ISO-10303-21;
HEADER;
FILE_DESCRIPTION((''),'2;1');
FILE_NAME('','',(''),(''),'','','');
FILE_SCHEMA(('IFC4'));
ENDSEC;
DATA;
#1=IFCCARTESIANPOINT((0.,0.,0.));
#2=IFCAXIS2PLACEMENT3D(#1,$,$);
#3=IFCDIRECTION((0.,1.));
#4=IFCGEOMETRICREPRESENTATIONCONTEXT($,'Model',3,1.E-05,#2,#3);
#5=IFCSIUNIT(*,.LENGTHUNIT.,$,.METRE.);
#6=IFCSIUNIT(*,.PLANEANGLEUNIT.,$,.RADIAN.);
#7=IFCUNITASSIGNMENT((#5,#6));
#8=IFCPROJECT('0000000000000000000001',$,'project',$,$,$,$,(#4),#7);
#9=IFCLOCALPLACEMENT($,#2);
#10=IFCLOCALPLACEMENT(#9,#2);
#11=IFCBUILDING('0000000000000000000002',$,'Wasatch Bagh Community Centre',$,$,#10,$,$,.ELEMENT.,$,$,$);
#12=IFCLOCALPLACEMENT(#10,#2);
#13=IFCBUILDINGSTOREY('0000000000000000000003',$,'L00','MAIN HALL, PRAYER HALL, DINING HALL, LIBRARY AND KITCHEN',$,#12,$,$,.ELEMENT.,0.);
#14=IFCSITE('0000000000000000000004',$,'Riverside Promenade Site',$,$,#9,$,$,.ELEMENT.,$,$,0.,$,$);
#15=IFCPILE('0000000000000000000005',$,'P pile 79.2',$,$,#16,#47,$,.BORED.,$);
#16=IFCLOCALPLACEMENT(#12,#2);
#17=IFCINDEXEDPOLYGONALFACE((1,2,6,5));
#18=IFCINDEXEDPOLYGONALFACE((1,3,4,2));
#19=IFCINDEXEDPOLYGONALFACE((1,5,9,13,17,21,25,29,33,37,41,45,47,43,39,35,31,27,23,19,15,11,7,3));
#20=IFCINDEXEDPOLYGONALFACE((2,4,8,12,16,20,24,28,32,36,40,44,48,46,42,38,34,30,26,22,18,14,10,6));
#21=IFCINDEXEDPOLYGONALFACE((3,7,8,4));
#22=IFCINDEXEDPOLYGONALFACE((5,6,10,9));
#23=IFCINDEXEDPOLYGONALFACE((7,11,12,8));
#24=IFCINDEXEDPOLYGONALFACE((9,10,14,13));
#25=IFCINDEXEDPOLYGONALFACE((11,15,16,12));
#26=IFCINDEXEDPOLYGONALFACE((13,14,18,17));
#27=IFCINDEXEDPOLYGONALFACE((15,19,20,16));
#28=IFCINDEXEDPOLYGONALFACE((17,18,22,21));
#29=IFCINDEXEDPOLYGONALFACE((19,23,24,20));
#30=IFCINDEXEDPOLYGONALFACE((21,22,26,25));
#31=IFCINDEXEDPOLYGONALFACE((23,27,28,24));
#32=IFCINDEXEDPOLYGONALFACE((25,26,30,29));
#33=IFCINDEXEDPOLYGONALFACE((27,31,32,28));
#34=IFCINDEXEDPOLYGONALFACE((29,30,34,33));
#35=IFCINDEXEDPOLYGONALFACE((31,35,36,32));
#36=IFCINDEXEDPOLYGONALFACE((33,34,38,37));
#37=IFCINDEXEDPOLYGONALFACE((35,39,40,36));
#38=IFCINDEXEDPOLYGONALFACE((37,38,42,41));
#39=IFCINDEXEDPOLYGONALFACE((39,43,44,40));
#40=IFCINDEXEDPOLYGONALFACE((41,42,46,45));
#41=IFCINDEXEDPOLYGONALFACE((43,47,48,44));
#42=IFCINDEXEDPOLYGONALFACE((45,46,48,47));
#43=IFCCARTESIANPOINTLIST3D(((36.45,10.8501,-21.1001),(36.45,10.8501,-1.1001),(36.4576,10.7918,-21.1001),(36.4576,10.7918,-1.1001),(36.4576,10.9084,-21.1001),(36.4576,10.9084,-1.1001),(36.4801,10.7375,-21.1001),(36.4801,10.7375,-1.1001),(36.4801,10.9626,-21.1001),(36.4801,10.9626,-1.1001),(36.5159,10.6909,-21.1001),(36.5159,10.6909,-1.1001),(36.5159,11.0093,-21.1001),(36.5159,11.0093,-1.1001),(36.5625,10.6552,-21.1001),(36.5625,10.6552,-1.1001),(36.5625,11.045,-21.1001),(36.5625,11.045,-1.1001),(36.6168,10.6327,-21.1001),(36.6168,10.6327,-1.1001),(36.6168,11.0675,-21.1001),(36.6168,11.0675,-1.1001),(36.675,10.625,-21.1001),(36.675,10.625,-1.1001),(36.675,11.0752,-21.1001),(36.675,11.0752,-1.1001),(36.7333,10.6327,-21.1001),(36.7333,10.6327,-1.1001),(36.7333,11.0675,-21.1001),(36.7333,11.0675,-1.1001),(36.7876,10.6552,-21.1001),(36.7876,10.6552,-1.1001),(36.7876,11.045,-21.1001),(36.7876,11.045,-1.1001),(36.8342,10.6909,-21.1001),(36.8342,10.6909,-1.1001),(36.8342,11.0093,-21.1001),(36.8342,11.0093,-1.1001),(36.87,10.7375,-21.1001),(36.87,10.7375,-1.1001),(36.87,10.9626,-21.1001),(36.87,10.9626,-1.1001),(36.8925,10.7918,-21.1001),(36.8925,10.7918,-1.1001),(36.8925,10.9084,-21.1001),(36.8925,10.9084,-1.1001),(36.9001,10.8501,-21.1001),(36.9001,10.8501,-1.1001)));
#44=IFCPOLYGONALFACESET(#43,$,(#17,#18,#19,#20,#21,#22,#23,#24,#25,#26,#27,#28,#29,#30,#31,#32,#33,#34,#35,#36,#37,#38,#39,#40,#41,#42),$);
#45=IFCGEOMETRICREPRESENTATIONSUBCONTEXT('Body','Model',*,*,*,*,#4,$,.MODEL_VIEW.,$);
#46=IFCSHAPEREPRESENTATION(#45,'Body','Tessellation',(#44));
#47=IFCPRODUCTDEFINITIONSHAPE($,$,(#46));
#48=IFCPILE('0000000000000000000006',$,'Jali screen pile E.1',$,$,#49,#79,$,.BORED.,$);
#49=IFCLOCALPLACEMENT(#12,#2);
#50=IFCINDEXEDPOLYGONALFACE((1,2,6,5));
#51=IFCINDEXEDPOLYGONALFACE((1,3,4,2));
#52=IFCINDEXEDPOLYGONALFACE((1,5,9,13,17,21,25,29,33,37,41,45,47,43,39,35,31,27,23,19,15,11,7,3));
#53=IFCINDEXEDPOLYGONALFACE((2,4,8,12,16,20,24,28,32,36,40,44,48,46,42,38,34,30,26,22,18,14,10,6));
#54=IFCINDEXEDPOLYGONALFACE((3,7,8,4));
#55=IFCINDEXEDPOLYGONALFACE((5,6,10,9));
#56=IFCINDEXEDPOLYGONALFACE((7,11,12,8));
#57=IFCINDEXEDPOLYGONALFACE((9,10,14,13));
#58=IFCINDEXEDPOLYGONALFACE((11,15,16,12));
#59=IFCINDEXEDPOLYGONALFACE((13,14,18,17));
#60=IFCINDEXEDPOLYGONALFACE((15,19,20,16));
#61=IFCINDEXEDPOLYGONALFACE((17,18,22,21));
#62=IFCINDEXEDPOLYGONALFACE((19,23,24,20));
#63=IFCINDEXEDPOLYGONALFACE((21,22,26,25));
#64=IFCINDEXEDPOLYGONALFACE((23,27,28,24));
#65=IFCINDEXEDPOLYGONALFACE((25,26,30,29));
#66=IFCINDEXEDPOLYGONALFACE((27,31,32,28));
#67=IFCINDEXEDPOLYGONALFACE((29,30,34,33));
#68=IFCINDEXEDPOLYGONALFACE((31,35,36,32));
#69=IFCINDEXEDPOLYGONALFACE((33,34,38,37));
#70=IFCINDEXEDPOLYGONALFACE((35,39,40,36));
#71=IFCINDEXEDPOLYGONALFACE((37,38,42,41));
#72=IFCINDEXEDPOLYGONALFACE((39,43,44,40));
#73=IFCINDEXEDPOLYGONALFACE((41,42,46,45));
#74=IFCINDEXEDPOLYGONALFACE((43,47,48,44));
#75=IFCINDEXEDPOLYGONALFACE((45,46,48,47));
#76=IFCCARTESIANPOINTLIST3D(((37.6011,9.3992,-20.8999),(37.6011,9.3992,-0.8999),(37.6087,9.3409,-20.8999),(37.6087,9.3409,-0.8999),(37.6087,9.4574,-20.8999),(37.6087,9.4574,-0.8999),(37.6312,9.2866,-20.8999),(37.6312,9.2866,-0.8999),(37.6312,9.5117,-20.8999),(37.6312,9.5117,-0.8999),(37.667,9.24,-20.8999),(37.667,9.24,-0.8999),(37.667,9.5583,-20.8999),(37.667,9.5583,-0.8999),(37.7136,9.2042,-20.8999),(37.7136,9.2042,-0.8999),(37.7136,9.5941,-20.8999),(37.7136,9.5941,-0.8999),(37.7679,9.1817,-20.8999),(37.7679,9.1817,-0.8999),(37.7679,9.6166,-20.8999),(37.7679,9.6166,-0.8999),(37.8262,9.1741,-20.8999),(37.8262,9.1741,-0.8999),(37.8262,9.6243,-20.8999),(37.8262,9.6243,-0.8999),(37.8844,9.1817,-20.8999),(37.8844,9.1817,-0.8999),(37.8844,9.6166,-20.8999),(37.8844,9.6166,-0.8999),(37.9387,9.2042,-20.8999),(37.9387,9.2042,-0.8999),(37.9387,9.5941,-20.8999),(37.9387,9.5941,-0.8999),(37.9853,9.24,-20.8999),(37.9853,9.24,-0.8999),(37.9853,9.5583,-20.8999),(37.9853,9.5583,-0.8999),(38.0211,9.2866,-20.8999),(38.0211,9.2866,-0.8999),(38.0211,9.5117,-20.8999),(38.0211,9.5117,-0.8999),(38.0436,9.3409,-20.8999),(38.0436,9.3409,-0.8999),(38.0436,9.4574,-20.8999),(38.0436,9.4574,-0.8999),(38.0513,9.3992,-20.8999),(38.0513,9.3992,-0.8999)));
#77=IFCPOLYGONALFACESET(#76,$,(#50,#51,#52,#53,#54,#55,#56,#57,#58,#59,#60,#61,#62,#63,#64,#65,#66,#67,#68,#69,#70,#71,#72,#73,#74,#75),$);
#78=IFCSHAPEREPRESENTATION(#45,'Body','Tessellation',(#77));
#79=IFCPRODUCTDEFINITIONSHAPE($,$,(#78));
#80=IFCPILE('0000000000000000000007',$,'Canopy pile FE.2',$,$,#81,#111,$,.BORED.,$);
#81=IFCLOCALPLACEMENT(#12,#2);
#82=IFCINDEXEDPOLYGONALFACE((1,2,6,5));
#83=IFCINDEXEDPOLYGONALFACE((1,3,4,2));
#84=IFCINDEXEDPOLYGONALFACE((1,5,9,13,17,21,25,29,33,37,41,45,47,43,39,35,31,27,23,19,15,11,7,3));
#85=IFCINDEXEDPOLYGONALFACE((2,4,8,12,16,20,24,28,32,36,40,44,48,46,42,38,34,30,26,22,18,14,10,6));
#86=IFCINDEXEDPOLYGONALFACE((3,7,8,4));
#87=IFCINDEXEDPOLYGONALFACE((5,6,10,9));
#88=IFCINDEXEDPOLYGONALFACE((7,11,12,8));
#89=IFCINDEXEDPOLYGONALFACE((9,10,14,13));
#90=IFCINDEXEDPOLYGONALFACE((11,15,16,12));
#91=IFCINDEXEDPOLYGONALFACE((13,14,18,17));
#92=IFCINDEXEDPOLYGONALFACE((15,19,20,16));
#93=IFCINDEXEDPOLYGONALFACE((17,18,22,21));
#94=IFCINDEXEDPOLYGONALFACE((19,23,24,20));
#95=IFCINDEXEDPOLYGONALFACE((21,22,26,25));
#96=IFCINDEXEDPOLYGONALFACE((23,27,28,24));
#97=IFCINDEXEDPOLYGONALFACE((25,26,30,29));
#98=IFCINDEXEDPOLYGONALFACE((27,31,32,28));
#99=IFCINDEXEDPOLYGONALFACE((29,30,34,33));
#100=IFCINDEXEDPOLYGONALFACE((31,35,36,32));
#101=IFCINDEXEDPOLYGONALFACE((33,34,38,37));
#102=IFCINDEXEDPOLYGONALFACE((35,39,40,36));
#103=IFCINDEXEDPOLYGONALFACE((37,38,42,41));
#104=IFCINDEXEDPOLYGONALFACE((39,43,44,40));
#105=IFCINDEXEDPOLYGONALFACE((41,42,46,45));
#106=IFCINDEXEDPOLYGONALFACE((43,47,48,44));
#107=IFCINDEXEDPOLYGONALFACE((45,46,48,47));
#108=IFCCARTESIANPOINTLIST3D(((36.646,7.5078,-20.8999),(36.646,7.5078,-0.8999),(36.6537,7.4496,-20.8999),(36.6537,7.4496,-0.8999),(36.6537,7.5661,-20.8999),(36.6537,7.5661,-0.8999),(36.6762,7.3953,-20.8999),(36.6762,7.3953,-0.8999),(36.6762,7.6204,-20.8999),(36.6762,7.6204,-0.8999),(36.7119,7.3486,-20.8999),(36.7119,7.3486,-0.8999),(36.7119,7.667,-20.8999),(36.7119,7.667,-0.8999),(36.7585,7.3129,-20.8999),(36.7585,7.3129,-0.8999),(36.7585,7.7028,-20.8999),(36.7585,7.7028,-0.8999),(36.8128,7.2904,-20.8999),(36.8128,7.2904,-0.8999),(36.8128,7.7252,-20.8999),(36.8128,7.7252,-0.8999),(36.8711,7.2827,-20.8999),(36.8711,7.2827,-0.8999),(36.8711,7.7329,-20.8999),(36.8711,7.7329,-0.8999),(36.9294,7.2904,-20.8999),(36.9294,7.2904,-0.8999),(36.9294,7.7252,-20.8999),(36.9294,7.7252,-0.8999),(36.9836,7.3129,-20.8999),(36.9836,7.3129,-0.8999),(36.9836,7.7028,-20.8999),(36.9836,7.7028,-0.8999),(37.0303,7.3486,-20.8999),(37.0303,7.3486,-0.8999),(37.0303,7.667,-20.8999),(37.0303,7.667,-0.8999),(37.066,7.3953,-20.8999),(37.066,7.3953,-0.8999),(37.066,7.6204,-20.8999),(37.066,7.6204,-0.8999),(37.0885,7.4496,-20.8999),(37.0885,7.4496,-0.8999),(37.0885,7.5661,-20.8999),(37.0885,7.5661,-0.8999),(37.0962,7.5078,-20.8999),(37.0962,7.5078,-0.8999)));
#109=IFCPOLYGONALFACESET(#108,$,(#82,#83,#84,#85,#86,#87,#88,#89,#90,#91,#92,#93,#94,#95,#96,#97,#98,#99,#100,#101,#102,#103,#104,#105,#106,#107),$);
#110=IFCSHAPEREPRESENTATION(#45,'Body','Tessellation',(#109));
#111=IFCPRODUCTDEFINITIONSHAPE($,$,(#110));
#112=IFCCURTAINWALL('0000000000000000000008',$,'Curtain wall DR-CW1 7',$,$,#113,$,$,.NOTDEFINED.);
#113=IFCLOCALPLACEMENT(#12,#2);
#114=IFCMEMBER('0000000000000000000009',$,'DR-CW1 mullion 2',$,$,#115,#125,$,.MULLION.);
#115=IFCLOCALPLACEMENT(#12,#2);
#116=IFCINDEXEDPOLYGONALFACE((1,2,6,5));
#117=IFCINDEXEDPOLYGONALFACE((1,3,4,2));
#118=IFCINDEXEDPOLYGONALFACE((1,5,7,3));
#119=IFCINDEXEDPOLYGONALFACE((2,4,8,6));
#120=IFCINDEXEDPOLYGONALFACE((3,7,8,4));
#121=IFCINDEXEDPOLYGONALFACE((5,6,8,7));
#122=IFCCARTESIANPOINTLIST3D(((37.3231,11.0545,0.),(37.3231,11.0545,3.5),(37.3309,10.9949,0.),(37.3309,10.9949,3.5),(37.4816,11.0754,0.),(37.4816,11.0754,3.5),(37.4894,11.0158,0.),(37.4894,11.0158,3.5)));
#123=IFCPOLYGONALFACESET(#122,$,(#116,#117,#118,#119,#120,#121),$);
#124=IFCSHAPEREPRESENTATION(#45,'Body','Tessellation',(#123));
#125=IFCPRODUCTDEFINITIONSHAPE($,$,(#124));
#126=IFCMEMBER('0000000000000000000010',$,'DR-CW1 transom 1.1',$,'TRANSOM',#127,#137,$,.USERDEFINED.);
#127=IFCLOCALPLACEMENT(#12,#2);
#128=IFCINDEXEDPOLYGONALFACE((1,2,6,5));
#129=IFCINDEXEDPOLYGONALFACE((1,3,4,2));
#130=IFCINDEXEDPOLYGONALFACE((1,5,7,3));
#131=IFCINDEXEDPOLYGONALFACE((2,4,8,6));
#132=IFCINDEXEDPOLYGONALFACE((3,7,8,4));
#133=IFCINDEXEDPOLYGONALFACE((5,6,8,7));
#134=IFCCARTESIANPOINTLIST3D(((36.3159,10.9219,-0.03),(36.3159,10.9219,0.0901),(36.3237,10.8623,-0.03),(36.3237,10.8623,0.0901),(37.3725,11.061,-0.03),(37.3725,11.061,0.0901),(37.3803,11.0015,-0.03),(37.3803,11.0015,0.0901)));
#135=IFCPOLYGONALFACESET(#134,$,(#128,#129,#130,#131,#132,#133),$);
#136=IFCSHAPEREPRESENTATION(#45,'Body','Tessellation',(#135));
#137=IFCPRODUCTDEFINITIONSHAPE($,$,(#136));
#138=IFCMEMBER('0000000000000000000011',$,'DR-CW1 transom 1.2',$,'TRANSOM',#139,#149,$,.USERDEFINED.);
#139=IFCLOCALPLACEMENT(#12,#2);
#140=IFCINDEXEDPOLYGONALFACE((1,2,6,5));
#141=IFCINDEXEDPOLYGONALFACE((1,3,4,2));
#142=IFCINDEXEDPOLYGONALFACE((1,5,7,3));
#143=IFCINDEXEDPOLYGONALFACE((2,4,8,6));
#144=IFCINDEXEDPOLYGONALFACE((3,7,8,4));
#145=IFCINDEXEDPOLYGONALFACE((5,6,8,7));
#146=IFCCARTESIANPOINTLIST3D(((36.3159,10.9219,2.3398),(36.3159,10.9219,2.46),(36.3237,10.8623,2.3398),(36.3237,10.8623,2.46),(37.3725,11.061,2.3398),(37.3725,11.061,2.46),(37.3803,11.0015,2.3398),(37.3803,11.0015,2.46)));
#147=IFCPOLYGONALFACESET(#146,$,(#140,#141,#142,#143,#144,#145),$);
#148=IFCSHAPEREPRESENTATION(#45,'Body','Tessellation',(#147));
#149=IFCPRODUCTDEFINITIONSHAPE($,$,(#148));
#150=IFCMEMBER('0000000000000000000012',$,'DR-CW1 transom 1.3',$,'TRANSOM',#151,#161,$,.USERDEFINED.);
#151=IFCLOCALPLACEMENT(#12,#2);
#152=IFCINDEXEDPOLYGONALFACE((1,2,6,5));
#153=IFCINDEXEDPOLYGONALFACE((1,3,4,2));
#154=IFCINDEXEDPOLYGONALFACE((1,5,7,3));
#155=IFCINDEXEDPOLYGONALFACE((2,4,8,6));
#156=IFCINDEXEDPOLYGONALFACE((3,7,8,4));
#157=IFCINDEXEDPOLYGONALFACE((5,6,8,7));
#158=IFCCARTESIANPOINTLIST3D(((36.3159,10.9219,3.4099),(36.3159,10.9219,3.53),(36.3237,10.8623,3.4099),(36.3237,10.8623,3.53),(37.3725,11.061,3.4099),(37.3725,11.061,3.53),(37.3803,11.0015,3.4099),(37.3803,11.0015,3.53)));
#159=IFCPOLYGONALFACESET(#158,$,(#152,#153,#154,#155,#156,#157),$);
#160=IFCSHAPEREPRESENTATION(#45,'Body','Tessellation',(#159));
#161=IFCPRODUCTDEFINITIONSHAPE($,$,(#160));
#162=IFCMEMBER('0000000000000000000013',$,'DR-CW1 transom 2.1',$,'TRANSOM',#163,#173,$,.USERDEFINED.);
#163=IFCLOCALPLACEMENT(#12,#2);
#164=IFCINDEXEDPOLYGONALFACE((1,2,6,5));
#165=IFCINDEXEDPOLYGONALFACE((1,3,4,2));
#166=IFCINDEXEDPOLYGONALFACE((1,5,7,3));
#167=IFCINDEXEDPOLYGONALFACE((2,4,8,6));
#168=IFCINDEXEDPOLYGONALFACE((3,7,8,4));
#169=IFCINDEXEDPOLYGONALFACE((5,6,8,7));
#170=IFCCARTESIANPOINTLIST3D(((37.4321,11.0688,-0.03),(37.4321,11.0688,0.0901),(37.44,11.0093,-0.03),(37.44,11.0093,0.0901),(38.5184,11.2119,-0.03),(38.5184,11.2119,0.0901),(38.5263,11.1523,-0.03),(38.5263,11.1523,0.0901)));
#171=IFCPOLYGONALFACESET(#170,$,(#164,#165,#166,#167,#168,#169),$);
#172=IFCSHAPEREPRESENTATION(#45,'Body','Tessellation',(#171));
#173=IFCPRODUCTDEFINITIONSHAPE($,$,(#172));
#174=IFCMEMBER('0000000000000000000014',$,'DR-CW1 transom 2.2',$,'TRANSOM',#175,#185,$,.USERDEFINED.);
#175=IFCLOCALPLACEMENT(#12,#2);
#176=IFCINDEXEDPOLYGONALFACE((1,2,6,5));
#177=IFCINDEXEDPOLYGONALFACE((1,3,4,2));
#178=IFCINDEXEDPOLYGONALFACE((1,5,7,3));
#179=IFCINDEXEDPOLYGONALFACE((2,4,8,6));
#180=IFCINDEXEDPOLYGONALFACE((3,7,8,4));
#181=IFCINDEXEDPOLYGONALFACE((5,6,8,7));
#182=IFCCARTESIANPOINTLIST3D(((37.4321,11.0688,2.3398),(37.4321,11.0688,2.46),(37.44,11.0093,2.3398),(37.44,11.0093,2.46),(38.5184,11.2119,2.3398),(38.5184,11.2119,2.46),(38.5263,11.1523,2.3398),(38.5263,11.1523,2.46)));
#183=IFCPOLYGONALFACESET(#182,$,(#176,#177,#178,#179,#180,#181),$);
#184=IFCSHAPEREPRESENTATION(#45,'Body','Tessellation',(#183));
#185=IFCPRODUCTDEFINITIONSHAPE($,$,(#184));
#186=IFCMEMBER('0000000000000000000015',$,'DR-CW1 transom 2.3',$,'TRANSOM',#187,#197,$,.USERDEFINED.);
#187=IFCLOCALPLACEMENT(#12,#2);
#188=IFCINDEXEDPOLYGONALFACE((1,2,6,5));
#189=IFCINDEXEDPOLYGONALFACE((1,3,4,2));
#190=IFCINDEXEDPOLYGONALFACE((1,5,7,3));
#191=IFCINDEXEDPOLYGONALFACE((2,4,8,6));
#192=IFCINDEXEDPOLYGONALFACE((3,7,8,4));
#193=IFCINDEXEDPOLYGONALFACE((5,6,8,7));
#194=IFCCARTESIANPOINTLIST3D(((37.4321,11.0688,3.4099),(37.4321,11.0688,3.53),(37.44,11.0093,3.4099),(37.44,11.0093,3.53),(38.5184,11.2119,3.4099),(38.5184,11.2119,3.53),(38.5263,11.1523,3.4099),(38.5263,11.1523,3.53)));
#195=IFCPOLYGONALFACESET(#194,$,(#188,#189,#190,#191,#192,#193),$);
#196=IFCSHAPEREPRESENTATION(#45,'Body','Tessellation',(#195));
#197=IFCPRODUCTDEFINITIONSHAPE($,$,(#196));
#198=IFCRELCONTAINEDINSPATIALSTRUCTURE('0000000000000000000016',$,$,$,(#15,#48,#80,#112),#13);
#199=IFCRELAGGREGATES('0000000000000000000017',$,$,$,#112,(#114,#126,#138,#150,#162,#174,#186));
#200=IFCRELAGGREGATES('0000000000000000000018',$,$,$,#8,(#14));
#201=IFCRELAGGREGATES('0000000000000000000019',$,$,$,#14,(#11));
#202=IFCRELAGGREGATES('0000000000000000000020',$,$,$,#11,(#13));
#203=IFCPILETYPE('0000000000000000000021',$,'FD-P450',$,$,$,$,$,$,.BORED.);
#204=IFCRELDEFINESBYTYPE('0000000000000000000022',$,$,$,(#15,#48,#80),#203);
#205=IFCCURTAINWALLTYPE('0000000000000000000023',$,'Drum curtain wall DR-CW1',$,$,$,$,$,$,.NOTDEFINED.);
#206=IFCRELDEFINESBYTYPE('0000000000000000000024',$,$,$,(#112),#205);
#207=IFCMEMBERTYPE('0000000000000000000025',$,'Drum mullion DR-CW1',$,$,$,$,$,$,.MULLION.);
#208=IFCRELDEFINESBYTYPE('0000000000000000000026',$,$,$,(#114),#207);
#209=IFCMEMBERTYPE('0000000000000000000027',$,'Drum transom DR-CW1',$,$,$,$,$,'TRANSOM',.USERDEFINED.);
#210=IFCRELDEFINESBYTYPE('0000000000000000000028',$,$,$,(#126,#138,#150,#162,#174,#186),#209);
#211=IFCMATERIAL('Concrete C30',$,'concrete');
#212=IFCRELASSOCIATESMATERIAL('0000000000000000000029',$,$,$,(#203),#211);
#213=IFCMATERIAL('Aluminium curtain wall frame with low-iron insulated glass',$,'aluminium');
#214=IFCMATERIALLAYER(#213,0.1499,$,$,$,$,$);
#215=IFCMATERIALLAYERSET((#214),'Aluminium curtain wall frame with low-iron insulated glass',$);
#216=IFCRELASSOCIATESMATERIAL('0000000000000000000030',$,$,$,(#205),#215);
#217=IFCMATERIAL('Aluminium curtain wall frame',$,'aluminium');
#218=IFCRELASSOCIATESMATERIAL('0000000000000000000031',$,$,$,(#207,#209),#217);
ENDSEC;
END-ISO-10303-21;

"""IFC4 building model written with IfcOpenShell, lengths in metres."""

from ifc_helpers import new_model, si_unit, direction, frame, origin, origin_2d, place, context, subcontext, project, spatial, rectangle, circle, extrude, material, layer, layer_set, material_profile, profile_set, type_object, element, aggregate, save


model = new_model("IFC4")

# Units and contexts
model_context = context("Model", 3, precision=1e-05, world=origin(), true_north=direction((0.0, 1.0)))
body_context = subcontext(model_context, "Body", "Model", "MODEL_VIEW")
ifc_project = project(units=[si_unit("LENGTHUNIT", "METRE"), si_unit("PLANEANGLEUNIT", "RADIAN")], contexts=[model_context])

# Site, building, storey
site_placement = place(None, origin())
site = spatial("IfcSite", under=ifc_project, at=site_placement, Name="Riverside Promenade Site", CompositionType="ELEMENT", RefElevation=0.0)
building_placement = place(site_placement, origin())
building = spatial("IfcBuilding", under=site, at=building_placement, Name="Wasatch Bagh Community Centre", CompositionType="ELEMENT")
storey_placement = place(building_placement, origin())
storey = spatial("IfcBuildingStorey", under=building, at=storey_placement, Name="L00", Description="MAIN HALL, PRAYER HALL, DINING HALL, LIBRARY AND KITCHEN", CompositionType="ELEMENT", Elevation=0.0)

# Piles
ifc_material_1 = material(Name="Concrete C30", Category="concrete")
ifc_material_profile_1 = material_profile(ifc_material_1, circle(Radius=0.2251, at=origin_2d()), Name="RC D450")
ifc_profile_set_1 = profile_set([ifc_material_profile_1], Name="Concrete C30")
pile_type = type_object("IfcPileType", Name="FD-P450", PredefinedType="BORED", material=ifc_profile_set_1)
for number, where, z_axis, x_axis, name in (
    (1, (36.675, 10.8501, -1.1001), (0.0, 0.0, -1.0), (1.0, 0.0, 0.0), "P pile 79.2"),
    (2, (37.8262, 9.3992, -0.8999), (0.0, 0.0, -1.0), (1.0, 0.0, 0.0), "Jali screen pile E.1"),
    (3, (36.8711, 7.5078, -0.8999), (0.0, 0.0, -1.0), (1.0, 0.0, 0.0), "Canopy pile FE.2"),
):
    element("IfcPile", number, at=place(storey_placement, frame(where, z_axis=z_axis, x_axis=x_axis)), inside=storey, type_object=pile_type, Name=name, PredefinedType="BORED", context=body_context, shape_type="SweptSolid", body=[
        extrude(circle(Radius=0.2251, at=origin_2d()), origin(), (0.0, 0.0, 1.0), 20.0),
    ])

# Curtain wall, members
ifc_material_2 = material(Name="Aluminium curtain wall frame with low-iron insulated glass", Category="aluminium")
ifc_layer_1 = layer(ifc_material_2, 0.1499)
ifc_layer_set_1 = layer_set([ifc_layer_1], Name="Aluminium curtain wall frame with low-iron insulated glass")
curtain_wall_type = type_object("IfcCurtainWallType", Name="Drum curtain wall DR-CW1", PredefinedType="NOTDEFINED", material=ifc_layer_set_1)
curtain_wall_placement = place(storey_placement, origin())
curtain_wall = element("IfcCurtainWall", 4, at=curtain_wall_placement, inside=storey, type_object=curtain_wall_type, Name="Curtain wall DR-CW1 7", PredefinedType="NOTDEFINED")
ifc_material_3 = material(Name="Aluminium curtain wall frame", Category="aluminium")
ifc_material_profile_2 = material_profile(ifc_material_3, rectangle(XDim=0.0601, YDim=0.1599, at=origin_2d()), Name="Drum mullion DR-CW1")
ifc_profile_set_2 = profile_set([ifc_material_profile_2], Name="Aluminium curtain wall frame")
member_type_1 = type_object("IfcMemberType", Name="Drum mullion DR-CW1", PredefinedType="MULLION", material=ifc_profile_set_2)
member_1_placement = place(storey_placement, frame((37.4062, 11.0352, 0.0), z_axis=(0.0, 0.0, 1.0), x_axis=(-0.130526, 0.991445, 0.0)))
member_1 = element("IfcMember", 5, at=member_1_placement, type_object=member_type_1, Name="DR-CW1 mullion 2", PredefinedType="MULLION", context=body_context, shape_type="SweptSolid", body=[
    extrude(rectangle(XDim=0.0601, YDim=0.1599, at=origin_2d()), origin(), (0.0, 0.0, 1.0), 3.5),
])
ifc_material_profile_3 = material_profile(ifc_material_3, rectangle(XDim=0.0601, YDim=0.1201, at=origin_2d()), Name="Drum transom DR-CW1")
ifc_profile_set_3 = profile_set([ifc_material_profile_3], Name="Aluminium curtain wall frame")
member_type_2 = type_object("IfcMemberType", Name="Drum transom DR-CW1", ElementType="TRANSOM", PredefinedType="USERDEFINED", material=ifc_profile_set_3)
member_2_placement = place(storey_placement, frame((36.3198, 10.8921, 0.03), z_axis=(0.991439, 0.130573, 0.0), x_axis=(-0.130573, 0.991439, 0.0)))
member_2 = element("IfcMember", 6, at=member_2_placement, type_object=member_type_2, Name="DR-CW1 transom 1.1", ObjectType="TRANSOM", PredefinedType="USERDEFINED", context=body_context, shape_type="SweptSolid", body=[
    extrude(rectangle(XDim=0.0601, YDim=0.1201, at=origin_2d()), origin(), (0.0, 0.0, 1.0), 1.0657),
])
member_3_placement = place(storey_placement, frame((36.3198, 10.8921, 2.3999), z_axis=(0.991439, 0.130573, 0.0), x_axis=(-0.130573, 0.991439, 0.0)))
member_3 = element("IfcMember", 7, at=member_3_placement, type_object=member_type_2, Name="DR-CW1 transom 1.2", ObjectType="TRANSOM", PredefinedType="USERDEFINED", context=body_context, shape_type="SweptSolid", body=[
    extrude(rectangle(XDim=0.0601, YDim=0.1201, at=origin_2d()), origin(), (0.0, 0.0, 1.0), 1.0657),
])
member_4_placement = place(storey_placement, frame((36.3198, 10.8921, 3.47), z_axis=(0.991439, 0.130573, 0.0), x_axis=(-0.130573, 0.991439, 0.0)))
member_4 = element("IfcMember", 8, at=member_4_placement, type_object=member_type_2, Name="DR-CW1 transom 1.3", ObjectType="TRANSOM", PredefinedType="USERDEFINED", context=body_context, shape_type="SweptSolid", body=[
    extrude(rectangle(XDim=0.0601, YDim=0.1201, at=origin_2d()), origin(), (0.0, 0.0, 1.0), 1.0657),
])
member_5_placement = place(storey_placement, frame((37.436, 11.0391, 0.03), z_axis=(0.991441, 0.130558, 0.0), x_axis=(-0.130558, 0.991441, 0.0)))
member_5 = element("IfcMember", 9, at=member_5_placement, type_object=member_type_2, Name="DR-CW1 transom 2.1", ObjectType="TRANSOM", PredefinedType="USERDEFINED", context=body_context, shape_type="SweptSolid", body=[
    extrude(rectangle(XDim=0.0601, YDim=0.1201, at=origin_2d()), origin(), (0.0, 0.0, 1.0), 1.0957),
])
member_6_placement = place(storey_placement, frame((37.436, 11.0391, 2.3999), z_axis=(0.991441, 0.130558, 0.0), x_axis=(-0.130558, 0.991441, 0.0)))
member_6 = element("IfcMember", 10, at=member_6_placement, type_object=member_type_2, Name="DR-CW1 transom 2.2", ObjectType="TRANSOM", PredefinedType="USERDEFINED", context=body_context, shape_type="SweptSolid", body=[
    extrude(rectangle(XDim=0.0601, YDim=0.1201, at=origin_2d()), origin(), (0.0, 0.0, 1.0), 1.0957),
])
member_7_placement = place(storey_placement, frame((37.436, 11.0391, 3.47), z_axis=(0.991441, 0.130558, 0.0), x_axis=(-0.130558, 0.991441, 0.0)))
member_7 = element("IfcMember", 11, at=member_7_placement, type_object=member_type_2, Name="DR-CW1 transom 2.3", ObjectType="TRANSOM", PredefinedType="USERDEFINED", context=body_context, shape_type="SweptSolid", body=[
    extrude(rectangle(XDim=0.0601, YDim=0.1201, at=origin_2d()), origin(), (0.0, 0.0, 1.0), 1.0957),
])
aggregate(curtain_wall, [member_1, member_2, member_3, member_4, member_5, member_6, member_7])

save(model, "model.ifc")
